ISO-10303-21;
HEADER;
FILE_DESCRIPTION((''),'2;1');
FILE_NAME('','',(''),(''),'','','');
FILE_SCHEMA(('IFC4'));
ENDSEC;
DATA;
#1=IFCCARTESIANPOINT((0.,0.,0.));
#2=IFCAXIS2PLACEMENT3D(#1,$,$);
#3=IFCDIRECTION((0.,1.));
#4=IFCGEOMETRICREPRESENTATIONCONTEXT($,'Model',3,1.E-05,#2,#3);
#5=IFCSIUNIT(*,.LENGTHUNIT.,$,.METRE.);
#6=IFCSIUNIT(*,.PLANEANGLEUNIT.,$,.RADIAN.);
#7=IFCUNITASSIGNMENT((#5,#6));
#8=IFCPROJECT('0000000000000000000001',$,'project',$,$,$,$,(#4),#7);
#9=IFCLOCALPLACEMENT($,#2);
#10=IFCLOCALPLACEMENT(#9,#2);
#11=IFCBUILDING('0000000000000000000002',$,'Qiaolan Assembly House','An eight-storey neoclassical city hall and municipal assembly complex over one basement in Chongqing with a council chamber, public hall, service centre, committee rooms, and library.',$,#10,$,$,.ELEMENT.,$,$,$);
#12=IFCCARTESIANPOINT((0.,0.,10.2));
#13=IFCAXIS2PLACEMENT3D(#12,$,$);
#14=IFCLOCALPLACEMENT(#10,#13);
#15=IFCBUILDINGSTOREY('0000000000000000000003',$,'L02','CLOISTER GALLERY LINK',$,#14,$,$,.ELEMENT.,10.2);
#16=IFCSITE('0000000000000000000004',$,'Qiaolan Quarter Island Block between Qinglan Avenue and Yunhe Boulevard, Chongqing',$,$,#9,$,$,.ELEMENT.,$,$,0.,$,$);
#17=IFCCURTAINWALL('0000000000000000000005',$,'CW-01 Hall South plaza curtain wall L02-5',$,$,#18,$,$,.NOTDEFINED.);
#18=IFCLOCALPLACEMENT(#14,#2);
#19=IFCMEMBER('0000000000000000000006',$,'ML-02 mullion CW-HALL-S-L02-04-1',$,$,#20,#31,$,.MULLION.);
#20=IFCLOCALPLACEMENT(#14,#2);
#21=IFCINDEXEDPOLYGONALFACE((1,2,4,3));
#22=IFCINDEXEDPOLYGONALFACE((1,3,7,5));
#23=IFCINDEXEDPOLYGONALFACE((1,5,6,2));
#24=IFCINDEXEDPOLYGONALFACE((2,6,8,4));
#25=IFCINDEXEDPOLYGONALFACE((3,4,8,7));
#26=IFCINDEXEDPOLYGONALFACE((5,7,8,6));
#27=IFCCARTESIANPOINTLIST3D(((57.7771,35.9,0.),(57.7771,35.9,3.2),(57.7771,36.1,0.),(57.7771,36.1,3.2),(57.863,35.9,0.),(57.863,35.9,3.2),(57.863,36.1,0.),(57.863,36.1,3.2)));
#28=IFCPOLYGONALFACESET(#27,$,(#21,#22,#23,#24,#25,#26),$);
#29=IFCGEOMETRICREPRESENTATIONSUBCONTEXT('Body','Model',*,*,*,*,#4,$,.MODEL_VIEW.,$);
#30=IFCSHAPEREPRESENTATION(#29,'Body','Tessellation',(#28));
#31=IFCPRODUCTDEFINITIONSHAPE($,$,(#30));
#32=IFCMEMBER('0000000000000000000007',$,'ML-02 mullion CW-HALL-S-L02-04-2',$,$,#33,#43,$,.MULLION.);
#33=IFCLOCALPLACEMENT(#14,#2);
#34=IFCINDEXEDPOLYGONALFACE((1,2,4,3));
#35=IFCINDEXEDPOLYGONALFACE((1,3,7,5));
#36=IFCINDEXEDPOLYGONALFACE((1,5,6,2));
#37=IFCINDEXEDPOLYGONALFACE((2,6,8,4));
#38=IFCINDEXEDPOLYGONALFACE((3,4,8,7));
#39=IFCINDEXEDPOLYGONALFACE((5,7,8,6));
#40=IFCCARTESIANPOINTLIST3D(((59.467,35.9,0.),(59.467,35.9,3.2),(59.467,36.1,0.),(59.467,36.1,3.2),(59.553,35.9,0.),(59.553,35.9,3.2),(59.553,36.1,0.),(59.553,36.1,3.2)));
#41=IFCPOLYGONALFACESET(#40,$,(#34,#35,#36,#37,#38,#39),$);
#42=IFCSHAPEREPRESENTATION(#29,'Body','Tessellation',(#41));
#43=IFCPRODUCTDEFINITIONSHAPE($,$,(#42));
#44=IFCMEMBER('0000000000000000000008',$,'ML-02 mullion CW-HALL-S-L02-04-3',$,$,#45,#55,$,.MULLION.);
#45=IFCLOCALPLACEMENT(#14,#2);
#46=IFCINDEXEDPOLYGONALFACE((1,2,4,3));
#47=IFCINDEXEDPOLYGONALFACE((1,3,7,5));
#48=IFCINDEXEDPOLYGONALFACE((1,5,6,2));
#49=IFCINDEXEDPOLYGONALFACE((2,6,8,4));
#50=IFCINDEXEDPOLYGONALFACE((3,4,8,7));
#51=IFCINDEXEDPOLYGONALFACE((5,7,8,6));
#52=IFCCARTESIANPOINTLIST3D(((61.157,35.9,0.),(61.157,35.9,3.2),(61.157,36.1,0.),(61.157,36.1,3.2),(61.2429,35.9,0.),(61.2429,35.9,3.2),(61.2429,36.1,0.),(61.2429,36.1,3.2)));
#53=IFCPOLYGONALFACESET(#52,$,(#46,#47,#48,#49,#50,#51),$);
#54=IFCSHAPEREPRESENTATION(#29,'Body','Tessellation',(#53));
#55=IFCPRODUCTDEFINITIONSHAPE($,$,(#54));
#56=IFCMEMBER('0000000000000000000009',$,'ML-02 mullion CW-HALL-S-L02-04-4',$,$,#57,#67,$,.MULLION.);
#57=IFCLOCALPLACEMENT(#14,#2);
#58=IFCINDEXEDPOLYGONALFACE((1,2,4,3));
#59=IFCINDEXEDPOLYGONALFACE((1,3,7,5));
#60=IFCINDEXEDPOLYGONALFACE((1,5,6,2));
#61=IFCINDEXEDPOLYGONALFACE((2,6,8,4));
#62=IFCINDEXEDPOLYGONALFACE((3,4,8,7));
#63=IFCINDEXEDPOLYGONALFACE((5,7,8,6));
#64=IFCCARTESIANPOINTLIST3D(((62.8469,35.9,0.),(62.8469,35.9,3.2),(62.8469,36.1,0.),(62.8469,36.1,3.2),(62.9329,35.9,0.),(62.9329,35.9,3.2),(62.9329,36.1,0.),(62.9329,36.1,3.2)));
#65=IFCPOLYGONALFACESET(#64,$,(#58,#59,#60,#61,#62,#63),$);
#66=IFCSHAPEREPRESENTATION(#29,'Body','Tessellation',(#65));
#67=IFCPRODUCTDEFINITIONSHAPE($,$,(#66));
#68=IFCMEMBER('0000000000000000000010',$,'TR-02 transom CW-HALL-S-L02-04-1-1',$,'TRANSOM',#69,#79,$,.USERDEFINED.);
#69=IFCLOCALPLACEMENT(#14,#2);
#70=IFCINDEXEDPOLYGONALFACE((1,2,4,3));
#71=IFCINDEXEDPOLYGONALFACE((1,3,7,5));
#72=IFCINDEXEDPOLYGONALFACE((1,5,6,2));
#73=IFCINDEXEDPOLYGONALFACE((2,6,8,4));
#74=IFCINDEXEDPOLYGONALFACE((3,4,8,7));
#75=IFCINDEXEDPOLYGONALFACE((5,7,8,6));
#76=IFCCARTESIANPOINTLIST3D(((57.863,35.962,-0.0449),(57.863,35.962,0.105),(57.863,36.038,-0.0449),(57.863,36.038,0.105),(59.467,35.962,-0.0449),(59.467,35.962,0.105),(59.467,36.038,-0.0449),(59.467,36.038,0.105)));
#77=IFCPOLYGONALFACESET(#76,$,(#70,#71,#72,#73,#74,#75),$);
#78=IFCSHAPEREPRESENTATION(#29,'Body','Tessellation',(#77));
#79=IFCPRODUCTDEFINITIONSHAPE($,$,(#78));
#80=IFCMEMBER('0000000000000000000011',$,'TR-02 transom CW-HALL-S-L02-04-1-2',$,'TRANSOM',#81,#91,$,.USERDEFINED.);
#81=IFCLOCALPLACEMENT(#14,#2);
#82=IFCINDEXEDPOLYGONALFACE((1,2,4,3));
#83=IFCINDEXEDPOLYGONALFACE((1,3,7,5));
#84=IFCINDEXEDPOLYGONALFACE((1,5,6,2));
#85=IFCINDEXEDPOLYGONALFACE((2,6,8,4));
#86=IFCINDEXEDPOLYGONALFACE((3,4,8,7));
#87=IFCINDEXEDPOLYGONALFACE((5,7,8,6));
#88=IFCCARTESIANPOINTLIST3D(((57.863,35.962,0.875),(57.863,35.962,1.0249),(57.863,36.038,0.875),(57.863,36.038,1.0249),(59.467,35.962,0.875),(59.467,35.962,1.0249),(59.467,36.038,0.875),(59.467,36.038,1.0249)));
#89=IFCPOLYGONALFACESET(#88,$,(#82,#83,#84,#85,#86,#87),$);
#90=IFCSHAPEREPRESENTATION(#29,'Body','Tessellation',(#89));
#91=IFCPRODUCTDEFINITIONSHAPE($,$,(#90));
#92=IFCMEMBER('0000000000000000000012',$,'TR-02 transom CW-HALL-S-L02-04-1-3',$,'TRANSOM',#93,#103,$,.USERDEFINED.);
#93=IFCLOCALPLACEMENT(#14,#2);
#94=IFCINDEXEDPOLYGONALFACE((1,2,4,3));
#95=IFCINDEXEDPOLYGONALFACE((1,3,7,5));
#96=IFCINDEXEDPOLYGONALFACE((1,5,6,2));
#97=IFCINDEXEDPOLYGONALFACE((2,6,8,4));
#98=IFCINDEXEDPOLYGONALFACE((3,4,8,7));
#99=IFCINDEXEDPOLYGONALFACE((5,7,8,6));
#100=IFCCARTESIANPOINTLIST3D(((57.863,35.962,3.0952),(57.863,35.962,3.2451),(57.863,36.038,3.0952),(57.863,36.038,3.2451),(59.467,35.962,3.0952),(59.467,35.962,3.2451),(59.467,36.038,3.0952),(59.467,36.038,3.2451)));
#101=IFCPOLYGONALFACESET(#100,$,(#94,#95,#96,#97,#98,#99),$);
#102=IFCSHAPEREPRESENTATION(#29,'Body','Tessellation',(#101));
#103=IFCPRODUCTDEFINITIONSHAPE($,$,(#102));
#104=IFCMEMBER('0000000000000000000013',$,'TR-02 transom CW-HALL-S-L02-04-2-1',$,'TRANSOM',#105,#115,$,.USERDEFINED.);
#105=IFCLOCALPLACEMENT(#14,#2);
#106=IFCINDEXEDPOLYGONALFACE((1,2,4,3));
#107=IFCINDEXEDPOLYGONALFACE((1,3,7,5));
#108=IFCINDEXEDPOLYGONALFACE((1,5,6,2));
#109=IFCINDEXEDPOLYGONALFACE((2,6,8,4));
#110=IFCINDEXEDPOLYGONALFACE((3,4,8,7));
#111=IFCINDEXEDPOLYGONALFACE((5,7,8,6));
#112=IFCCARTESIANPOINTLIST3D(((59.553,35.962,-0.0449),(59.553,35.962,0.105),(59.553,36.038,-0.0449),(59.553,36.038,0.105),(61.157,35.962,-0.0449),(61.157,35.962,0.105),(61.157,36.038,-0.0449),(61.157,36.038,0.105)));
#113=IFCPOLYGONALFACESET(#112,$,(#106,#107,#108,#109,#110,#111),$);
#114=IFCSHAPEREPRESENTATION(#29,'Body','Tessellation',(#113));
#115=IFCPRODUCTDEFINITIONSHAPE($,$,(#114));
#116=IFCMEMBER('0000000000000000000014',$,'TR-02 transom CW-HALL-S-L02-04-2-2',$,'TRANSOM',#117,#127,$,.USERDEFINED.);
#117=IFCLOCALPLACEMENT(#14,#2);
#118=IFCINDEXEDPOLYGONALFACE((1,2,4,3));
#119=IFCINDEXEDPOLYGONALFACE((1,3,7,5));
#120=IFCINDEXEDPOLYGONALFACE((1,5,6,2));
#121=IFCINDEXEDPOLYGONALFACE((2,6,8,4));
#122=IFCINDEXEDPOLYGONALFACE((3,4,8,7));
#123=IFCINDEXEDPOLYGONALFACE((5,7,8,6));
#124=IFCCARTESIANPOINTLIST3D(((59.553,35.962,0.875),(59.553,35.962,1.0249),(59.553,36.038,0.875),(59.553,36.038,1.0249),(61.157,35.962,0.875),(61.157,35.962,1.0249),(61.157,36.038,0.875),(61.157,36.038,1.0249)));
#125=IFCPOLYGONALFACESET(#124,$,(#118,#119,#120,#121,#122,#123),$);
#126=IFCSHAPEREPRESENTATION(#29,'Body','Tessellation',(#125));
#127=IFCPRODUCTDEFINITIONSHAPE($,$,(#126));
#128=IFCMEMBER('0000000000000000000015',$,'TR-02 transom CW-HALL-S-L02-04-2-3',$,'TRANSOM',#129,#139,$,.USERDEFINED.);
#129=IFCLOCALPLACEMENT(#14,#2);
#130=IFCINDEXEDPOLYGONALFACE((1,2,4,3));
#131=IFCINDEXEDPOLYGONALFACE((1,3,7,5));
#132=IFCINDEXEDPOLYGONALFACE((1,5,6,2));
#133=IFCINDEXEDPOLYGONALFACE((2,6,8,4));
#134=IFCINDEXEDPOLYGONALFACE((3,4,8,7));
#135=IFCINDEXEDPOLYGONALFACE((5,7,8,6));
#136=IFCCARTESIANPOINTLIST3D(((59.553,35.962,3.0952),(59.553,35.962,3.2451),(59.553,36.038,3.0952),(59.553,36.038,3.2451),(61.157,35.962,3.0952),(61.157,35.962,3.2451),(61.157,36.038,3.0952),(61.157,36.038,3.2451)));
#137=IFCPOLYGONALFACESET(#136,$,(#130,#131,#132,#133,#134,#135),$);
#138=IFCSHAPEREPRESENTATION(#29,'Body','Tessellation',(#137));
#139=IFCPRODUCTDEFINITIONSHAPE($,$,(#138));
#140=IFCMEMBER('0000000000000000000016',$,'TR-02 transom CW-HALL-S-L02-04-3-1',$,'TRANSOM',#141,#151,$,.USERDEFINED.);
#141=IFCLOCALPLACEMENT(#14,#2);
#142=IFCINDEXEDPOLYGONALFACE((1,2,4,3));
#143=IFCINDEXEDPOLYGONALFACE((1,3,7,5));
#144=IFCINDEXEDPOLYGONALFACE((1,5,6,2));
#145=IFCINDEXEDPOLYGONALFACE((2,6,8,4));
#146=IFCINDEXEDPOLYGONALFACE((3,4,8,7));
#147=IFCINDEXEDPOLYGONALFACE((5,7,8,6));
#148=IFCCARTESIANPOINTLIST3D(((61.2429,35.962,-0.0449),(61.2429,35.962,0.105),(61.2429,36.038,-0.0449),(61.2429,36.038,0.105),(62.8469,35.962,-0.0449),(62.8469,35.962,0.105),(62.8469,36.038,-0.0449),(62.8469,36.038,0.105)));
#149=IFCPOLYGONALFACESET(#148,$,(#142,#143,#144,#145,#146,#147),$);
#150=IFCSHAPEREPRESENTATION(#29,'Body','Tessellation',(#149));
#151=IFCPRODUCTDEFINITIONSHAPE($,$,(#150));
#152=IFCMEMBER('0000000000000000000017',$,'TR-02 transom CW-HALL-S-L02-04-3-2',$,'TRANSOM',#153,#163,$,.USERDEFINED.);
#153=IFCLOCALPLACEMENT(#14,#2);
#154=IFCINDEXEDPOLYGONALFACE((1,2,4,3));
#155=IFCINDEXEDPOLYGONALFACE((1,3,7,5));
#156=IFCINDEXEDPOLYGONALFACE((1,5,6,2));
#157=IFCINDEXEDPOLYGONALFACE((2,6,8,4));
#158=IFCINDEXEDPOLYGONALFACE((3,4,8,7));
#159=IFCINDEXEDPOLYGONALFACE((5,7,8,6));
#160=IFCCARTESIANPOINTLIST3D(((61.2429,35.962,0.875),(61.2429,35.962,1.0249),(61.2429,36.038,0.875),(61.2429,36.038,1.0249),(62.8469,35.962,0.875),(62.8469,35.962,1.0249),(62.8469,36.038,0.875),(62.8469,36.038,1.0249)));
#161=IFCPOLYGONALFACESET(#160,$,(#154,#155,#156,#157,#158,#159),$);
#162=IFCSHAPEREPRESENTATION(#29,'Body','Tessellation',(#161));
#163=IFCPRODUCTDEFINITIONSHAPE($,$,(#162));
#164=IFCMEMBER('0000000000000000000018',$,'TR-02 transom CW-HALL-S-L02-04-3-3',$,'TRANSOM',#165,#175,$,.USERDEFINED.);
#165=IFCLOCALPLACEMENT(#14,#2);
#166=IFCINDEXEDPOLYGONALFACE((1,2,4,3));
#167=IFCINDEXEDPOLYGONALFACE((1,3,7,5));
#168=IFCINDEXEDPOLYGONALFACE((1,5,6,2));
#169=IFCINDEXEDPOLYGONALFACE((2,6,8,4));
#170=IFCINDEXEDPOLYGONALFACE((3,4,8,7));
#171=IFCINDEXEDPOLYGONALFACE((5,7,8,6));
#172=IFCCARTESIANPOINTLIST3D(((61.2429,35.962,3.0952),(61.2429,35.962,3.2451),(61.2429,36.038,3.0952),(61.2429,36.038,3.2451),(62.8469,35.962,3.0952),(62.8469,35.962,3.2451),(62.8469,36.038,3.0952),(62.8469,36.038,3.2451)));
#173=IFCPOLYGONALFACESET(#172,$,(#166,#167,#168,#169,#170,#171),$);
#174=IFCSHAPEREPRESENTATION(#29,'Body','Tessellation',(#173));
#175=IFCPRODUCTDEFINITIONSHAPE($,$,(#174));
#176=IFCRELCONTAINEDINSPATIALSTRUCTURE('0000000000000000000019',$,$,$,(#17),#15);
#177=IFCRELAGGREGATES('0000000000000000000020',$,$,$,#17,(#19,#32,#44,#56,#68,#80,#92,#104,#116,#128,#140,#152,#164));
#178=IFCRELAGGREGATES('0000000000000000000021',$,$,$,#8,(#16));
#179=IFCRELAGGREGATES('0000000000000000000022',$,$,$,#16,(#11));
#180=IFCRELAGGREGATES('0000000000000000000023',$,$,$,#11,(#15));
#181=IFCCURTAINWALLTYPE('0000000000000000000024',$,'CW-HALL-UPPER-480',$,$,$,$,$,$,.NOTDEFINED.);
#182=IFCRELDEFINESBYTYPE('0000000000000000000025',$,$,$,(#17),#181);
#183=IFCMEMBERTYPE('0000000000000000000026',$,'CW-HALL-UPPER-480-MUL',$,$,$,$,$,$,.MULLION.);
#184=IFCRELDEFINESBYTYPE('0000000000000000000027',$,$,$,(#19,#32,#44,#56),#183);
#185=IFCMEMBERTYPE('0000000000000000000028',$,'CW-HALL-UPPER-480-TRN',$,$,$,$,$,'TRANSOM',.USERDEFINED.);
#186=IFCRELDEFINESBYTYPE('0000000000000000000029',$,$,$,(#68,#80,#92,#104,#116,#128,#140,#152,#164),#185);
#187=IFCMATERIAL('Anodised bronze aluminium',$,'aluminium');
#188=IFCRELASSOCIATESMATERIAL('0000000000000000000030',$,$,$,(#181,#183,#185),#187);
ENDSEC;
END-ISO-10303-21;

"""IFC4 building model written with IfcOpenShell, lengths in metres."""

from ifc_helpers import new_model, si_unit, direction, frame, origin, origin_2d, place, context, subcontext, project, spatial, rectangle, extrude, material, material_profile, profile_set, type_object, element, aggregate, save


model = new_model("IFC4")

# Units and contexts
model_context = context("Model", 3, precision=1e-05, world=origin(), true_north=direction((0.0, 1.0)))
body_context = subcontext(model_context, "Body", "Model", "MODEL_VIEW")
ifc_project = project(units=[si_unit("LENGTHUNIT", "METRE"), si_unit("PLANEANGLEUNIT", "RADIAN")], contexts=[model_context])

# Site, building, storey
site_placement = place(None, origin())
site = spatial("IfcSite", under=ifc_project, at=site_placement, Name="Qiaolan Quarter Island Block between Qinglan Avenue and Yunhe Boulevard, Chongqing", CompositionType="ELEMENT", RefElevation=0.0)
building_placement = place(site_placement, origin())
building = spatial("IfcBuilding", under=site, at=building_placement, Name="Qiaolan Assembly House", Description="An eight-storey neoclassical city hall and municipal assembly complex over one basement in Chongqing with a council chamber, public hall, service centre, committee rooms, and library.", CompositionType="ELEMENT")
storey_placement = place(building_placement, frame((0.0, 0.0, 10.2)))
storey = spatial("IfcBuildingStorey", under=building, at=storey_placement, Name="L02", Description="CLOISTER GALLERY LINK", CompositionType="ELEMENT", Elevation=10.2)

# Curtain wall, members
ifc_material_1 = material(Name="Anodised bronze aluminium", Category="aluminium")
curtain_wall_type = type_object("IfcCurtainWallType", Name="CW-HALL-UPPER-480", PredefinedType="NOTDEFINED", material=ifc_material_1)
curtain_wall_placement = place(storey_placement, origin())
curtain_wall = element("IfcCurtainWall", 1, at=curtain_wall_placement, inside=storey, type_object=curtain_wall_type, Name="CW-01 Hall South plaza curtain wall L02-5", PredefinedType="NOTDEFINED")
ifc_material_profile_1 = material_profile(ifc_material_1, rectangle(XDim=0.0859, YDim=0.2, at=origin_2d()), Name="MUL 86x200")
ifc_profile_set_1 = profile_set([ifc_material_profile_1], Name="Anodised bronze aluminium")
member_type_1 = type_object("IfcMemberType", Name="CW-HALL-UPPER-480-MUL", PredefinedType="MULLION", material=ifc_profile_set_1)
member_1_placement = place(storey_placement, frame((57.8201, 36.0, 0.0), z_axis=(0.0, 0.0, 1.0), x_axis=(1.0, 0.0, 0.0)))
member_1 = element("IfcMember", 2, at=member_1_placement, type_object=member_type_1, Name="ML-02 mullion CW-HALL-S-L02-04-1", PredefinedType="MULLION", context=body_context, shape_type="SweptSolid", body=[
    extrude(rectangle(XDim=0.0859, YDim=0.2, at=origin_2d()), origin(), (0.0, 0.0, 1.0), 3.2),
])
member_2_placement = place(storey_placement, frame((59.51, 36.0, 0.0), z_axis=(0.0, 0.0, 1.0), x_axis=(1.0, 0.0, 0.0)))
member_2 = element("IfcMember", 3, at=member_2_placement, type_object=member_type_1, Name="ML-02 mullion CW-HALL-S-L02-04-2", PredefinedType="MULLION", context=body_context, shape_type="SweptSolid", body=[
    extrude(rectangle(XDim=0.0859, YDim=0.2, at=origin_2d()), origin(), (0.0, 0.0, 1.0), 3.2),
])
member_3_placement = place(storey_placement, frame((61.2, 36.0, 0.0), z_axis=(0.0, 0.0, 1.0), x_axis=(1.0, 0.0, 0.0)))
member_3 = element("IfcMember", 4, at=member_3_placement, type_object=member_type_1, Name="ML-02 mullion CW-HALL-S-L02-04-3", PredefinedType="MULLION", context=body_context, shape_type="SweptSolid", body=[
    extrude(rectangle(XDim=0.0859, YDim=0.2, at=origin_2d()), origin(), (0.0, 0.0, 1.0), 3.2),
])
member_4_placement = place(storey_placement, frame((62.8899, 36.0, 0.0), z_axis=(0.0, 0.0, 1.0), x_axis=(1.0, 0.0, 0.0)))
member_4 = element("IfcMember", 5, at=member_4_placement, type_object=member_type_1, Name="ML-02 mullion CW-HALL-S-L02-04-4", PredefinedType="MULLION", context=body_context, shape_type="SweptSolid", body=[
    extrude(rectangle(XDim=0.0859, YDim=0.2, at=origin_2d()), origin(), (0.0, 0.0, 1.0), 3.2),
])
ifc_material_profile_2 = material_profile(ifc_material_1, rectangle(XDim=0.0759, YDim=0.1499, at=origin_2d()), Name="TRN 76x150")
ifc_profile_set_2 = profile_set([ifc_material_profile_2], Name="Anodised bronze aluminium")
member_type_2 = type_object("IfcMemberType", Name="CW-HALL-UPPER-480-TRN", ElementType="TRANSOM", PredefinedType="USERDEFINED", material=ifc_profile_set_2)
member_5_placement = place(storey_placement, frame((57.863, 36.0, 0.03), z_axis=(1.0, 0.0, 0.0), x_axis=(0.0, 1.0, 0.0)))
member_5 = element("IfcMember", 6, at=member_5_placement, type_object=member_type_2, Name="TR-02 transom CW-HALL-S-L02-04-1-1", ObjectType="TRANSOM", PredefinedType="USERDEFINED", context=body_context, shape_type="SweptSolid", body=[
    extrude(rectangle(XDim=0.0759, YDim=0.1499, at=origin_2d()), origin(), (0.0, 0.0, 1.0), 1.604),
])
member_6_placement = place(storey_placement, frame((57.863, 36.0, 0.95), z_axis=(1.0, 0.0, 0.0), x_axis=(0.0, 1.0, 0.0)))
member_6 = element("IfcMember", 7, at=member_6_placement, type_object=member_type_2, Name="TR-02 transom CW-HALL-S-L02-04-1-2", ObjectType="TRANSOM", PredefinedType="USERDEFINED", context=body_context, shape_type="SweptSolid", body=[
    extrude(rectangle(XDim=0.0759, YDim=0.1499, at=origin_2d()), origin(), (0.0, 0.0, 1.0), 1.604),
])
member_7_placement = place(storey_placement, frame((57.863, 36.0, 3.1702), z_axis=(1.0, 0.0, 0.0), x_axis=(0.0, 1.0, 0.0)))
member_7 = element("IfcMember", 8, at=member_7_placement, type_object=member_type_2, Name="TR-02 transom CW-HALL-S-L02-04-1-3", ObjectType="TRANSOM", PredefinedType="USERDEFINED", context=body_context, shape_type="SweptSolid", body=[
    extrude(rectangle(XDim=0.0759, YDim=0.1499, at=origin_2d()), origin(), (0.0, 0.0, 1.0), 1.604),
])
member_8_placement = place(storey_placement, frame((59.553, 36.0, 0.03), z_axis=(1.0, 0.0, 0.0), x_axis=(0.0, 1.0, 0.0)))
member_8 = element("IfcMember", 9, at=member_8_placement, type_object=member_type_2, Name="TR-02 transom CW-HALL-S-L02-04-2-1", ObjectType="TRANSOM", PredefinedType="USERDEFINED", context=body_context, shape_type="SweptSolid", body=[
    extrude(rectangle(XDim=0.0759, YDim=0.1499, at=origin_2d()), origin(), (0.0, 0.0, 1.0), 1.604),
])
member_9_placement = place(storey_placement, frame((59.553, 36.0, 0.95), z_axis=(1.0, 0.0, 0.0), x_axis=(0.0, 1.0, 0.0)))
member_9 = element("IfcMember", 10, at=member_9_placement, type_object=member_type_2, Name="TR-02 transom CW-HALL-S-L02-04-2-2", ObjectType="TRANSOM", PredefinedType="USERDEFINED", context=body_context, shape_type="SweptSolid", body=[
    extrude(rectangle(XDim=0.0759, YDim=0.1499, at=origin_2d()), origin(), (0.0, 0.0, 1.0), 1.604),
])
member_10_placement = place(storey_placement, frame((59.553, 36.0, 3.1702), z_axis=(1.0, 0.0, 0.0), x_axis=(0.0, 1.0, 0.0)))
member_10 = element("IfcMember", 11, at=member_10_placement, type_object=member_type_2, Name="TR-02 transom CW-HALL-S-L02-04-2-3", ObjectType="TRANSOM", PredefinedType="USERDEFINED", context=body_context, shape_type="SweptSolid", body=[
    extrude(rectangle(XDim=0.0759, YDim=0.1499, at=origin_2d()), origin(), (0.0, 0.0, 1.0), 1.604),
])
member_11_placement = place(storey_placement, frame((61.2429, 36.0, 0.03), z_axis=(1.0, 0.0, 0.0), x_axis=(0.0, 1.0, 0.0)))
member_11 = element("IfcMember", 12, at=member_11_placement, type_object=member_type_2, Name="TR-02 transom CW-HALL-S-L02-04-3-1", ObjectType="TRANSOM", PredefinedType="USERDEFINED", context=body_context, shape_type="SweptSolid", body=[
    extrude(rectangle(XDim=0.0759, YDim=0.1499, at=origin_2d()), origin(), (0.0, 0.0, 1.0), 1.604),
])
member_12_placement = place(storey_placement, frame((61.2429, 36.0, 0.95), z_axis=(1.0, 0.0, 0.0), x_axis=(0.0, 1.0, 0.0)))
member_12 = element("IfcMember", 13, at=member_12_placement, type_object=member_type_2, Name="TR-02 transom CW-HALL-S-L02-04-3-2", ObjectType="TRANSOM", PredefinedType="USERDEFINED", context=body_context, shape_type="SweptSolid", body=[
    extrude(rectangle(XDim=0.0759, YDim=0.1499, at=origin_2d()), origin(), (0.0, 0.0, 1.0), 1.604),
])
member_13_placement = place(storey_placement, frame((61.2429, 36.0, 3.1702), z_axis=(1.0, 0.0, 0.0), x_axis=(0.0, 1.0, 0.0)))
member_13 = element("IfcMember", 14, at=member_13_placement, type_object=member_type_2, Name="TR-02 transom CW-HALL-S-L02-04-3-3", ObjectType="TRANSOM", PredefinedType="USERDEFINED", context=body_context, shape_type="SweptSolid", body=[
    extrude(rectangle(XDim=0.0759, YDim=0.1499, at=origin_2d()), origin(), (0.0, 0.0, 1.0), 1.604),
])

aggregate(curtain_wall, [member_1, member_2, member_3, member_4, member_5, member_6, member_7, member_8, member_9, member_10, member_11, member_12, member_13])

save(model, "model.ifc")
